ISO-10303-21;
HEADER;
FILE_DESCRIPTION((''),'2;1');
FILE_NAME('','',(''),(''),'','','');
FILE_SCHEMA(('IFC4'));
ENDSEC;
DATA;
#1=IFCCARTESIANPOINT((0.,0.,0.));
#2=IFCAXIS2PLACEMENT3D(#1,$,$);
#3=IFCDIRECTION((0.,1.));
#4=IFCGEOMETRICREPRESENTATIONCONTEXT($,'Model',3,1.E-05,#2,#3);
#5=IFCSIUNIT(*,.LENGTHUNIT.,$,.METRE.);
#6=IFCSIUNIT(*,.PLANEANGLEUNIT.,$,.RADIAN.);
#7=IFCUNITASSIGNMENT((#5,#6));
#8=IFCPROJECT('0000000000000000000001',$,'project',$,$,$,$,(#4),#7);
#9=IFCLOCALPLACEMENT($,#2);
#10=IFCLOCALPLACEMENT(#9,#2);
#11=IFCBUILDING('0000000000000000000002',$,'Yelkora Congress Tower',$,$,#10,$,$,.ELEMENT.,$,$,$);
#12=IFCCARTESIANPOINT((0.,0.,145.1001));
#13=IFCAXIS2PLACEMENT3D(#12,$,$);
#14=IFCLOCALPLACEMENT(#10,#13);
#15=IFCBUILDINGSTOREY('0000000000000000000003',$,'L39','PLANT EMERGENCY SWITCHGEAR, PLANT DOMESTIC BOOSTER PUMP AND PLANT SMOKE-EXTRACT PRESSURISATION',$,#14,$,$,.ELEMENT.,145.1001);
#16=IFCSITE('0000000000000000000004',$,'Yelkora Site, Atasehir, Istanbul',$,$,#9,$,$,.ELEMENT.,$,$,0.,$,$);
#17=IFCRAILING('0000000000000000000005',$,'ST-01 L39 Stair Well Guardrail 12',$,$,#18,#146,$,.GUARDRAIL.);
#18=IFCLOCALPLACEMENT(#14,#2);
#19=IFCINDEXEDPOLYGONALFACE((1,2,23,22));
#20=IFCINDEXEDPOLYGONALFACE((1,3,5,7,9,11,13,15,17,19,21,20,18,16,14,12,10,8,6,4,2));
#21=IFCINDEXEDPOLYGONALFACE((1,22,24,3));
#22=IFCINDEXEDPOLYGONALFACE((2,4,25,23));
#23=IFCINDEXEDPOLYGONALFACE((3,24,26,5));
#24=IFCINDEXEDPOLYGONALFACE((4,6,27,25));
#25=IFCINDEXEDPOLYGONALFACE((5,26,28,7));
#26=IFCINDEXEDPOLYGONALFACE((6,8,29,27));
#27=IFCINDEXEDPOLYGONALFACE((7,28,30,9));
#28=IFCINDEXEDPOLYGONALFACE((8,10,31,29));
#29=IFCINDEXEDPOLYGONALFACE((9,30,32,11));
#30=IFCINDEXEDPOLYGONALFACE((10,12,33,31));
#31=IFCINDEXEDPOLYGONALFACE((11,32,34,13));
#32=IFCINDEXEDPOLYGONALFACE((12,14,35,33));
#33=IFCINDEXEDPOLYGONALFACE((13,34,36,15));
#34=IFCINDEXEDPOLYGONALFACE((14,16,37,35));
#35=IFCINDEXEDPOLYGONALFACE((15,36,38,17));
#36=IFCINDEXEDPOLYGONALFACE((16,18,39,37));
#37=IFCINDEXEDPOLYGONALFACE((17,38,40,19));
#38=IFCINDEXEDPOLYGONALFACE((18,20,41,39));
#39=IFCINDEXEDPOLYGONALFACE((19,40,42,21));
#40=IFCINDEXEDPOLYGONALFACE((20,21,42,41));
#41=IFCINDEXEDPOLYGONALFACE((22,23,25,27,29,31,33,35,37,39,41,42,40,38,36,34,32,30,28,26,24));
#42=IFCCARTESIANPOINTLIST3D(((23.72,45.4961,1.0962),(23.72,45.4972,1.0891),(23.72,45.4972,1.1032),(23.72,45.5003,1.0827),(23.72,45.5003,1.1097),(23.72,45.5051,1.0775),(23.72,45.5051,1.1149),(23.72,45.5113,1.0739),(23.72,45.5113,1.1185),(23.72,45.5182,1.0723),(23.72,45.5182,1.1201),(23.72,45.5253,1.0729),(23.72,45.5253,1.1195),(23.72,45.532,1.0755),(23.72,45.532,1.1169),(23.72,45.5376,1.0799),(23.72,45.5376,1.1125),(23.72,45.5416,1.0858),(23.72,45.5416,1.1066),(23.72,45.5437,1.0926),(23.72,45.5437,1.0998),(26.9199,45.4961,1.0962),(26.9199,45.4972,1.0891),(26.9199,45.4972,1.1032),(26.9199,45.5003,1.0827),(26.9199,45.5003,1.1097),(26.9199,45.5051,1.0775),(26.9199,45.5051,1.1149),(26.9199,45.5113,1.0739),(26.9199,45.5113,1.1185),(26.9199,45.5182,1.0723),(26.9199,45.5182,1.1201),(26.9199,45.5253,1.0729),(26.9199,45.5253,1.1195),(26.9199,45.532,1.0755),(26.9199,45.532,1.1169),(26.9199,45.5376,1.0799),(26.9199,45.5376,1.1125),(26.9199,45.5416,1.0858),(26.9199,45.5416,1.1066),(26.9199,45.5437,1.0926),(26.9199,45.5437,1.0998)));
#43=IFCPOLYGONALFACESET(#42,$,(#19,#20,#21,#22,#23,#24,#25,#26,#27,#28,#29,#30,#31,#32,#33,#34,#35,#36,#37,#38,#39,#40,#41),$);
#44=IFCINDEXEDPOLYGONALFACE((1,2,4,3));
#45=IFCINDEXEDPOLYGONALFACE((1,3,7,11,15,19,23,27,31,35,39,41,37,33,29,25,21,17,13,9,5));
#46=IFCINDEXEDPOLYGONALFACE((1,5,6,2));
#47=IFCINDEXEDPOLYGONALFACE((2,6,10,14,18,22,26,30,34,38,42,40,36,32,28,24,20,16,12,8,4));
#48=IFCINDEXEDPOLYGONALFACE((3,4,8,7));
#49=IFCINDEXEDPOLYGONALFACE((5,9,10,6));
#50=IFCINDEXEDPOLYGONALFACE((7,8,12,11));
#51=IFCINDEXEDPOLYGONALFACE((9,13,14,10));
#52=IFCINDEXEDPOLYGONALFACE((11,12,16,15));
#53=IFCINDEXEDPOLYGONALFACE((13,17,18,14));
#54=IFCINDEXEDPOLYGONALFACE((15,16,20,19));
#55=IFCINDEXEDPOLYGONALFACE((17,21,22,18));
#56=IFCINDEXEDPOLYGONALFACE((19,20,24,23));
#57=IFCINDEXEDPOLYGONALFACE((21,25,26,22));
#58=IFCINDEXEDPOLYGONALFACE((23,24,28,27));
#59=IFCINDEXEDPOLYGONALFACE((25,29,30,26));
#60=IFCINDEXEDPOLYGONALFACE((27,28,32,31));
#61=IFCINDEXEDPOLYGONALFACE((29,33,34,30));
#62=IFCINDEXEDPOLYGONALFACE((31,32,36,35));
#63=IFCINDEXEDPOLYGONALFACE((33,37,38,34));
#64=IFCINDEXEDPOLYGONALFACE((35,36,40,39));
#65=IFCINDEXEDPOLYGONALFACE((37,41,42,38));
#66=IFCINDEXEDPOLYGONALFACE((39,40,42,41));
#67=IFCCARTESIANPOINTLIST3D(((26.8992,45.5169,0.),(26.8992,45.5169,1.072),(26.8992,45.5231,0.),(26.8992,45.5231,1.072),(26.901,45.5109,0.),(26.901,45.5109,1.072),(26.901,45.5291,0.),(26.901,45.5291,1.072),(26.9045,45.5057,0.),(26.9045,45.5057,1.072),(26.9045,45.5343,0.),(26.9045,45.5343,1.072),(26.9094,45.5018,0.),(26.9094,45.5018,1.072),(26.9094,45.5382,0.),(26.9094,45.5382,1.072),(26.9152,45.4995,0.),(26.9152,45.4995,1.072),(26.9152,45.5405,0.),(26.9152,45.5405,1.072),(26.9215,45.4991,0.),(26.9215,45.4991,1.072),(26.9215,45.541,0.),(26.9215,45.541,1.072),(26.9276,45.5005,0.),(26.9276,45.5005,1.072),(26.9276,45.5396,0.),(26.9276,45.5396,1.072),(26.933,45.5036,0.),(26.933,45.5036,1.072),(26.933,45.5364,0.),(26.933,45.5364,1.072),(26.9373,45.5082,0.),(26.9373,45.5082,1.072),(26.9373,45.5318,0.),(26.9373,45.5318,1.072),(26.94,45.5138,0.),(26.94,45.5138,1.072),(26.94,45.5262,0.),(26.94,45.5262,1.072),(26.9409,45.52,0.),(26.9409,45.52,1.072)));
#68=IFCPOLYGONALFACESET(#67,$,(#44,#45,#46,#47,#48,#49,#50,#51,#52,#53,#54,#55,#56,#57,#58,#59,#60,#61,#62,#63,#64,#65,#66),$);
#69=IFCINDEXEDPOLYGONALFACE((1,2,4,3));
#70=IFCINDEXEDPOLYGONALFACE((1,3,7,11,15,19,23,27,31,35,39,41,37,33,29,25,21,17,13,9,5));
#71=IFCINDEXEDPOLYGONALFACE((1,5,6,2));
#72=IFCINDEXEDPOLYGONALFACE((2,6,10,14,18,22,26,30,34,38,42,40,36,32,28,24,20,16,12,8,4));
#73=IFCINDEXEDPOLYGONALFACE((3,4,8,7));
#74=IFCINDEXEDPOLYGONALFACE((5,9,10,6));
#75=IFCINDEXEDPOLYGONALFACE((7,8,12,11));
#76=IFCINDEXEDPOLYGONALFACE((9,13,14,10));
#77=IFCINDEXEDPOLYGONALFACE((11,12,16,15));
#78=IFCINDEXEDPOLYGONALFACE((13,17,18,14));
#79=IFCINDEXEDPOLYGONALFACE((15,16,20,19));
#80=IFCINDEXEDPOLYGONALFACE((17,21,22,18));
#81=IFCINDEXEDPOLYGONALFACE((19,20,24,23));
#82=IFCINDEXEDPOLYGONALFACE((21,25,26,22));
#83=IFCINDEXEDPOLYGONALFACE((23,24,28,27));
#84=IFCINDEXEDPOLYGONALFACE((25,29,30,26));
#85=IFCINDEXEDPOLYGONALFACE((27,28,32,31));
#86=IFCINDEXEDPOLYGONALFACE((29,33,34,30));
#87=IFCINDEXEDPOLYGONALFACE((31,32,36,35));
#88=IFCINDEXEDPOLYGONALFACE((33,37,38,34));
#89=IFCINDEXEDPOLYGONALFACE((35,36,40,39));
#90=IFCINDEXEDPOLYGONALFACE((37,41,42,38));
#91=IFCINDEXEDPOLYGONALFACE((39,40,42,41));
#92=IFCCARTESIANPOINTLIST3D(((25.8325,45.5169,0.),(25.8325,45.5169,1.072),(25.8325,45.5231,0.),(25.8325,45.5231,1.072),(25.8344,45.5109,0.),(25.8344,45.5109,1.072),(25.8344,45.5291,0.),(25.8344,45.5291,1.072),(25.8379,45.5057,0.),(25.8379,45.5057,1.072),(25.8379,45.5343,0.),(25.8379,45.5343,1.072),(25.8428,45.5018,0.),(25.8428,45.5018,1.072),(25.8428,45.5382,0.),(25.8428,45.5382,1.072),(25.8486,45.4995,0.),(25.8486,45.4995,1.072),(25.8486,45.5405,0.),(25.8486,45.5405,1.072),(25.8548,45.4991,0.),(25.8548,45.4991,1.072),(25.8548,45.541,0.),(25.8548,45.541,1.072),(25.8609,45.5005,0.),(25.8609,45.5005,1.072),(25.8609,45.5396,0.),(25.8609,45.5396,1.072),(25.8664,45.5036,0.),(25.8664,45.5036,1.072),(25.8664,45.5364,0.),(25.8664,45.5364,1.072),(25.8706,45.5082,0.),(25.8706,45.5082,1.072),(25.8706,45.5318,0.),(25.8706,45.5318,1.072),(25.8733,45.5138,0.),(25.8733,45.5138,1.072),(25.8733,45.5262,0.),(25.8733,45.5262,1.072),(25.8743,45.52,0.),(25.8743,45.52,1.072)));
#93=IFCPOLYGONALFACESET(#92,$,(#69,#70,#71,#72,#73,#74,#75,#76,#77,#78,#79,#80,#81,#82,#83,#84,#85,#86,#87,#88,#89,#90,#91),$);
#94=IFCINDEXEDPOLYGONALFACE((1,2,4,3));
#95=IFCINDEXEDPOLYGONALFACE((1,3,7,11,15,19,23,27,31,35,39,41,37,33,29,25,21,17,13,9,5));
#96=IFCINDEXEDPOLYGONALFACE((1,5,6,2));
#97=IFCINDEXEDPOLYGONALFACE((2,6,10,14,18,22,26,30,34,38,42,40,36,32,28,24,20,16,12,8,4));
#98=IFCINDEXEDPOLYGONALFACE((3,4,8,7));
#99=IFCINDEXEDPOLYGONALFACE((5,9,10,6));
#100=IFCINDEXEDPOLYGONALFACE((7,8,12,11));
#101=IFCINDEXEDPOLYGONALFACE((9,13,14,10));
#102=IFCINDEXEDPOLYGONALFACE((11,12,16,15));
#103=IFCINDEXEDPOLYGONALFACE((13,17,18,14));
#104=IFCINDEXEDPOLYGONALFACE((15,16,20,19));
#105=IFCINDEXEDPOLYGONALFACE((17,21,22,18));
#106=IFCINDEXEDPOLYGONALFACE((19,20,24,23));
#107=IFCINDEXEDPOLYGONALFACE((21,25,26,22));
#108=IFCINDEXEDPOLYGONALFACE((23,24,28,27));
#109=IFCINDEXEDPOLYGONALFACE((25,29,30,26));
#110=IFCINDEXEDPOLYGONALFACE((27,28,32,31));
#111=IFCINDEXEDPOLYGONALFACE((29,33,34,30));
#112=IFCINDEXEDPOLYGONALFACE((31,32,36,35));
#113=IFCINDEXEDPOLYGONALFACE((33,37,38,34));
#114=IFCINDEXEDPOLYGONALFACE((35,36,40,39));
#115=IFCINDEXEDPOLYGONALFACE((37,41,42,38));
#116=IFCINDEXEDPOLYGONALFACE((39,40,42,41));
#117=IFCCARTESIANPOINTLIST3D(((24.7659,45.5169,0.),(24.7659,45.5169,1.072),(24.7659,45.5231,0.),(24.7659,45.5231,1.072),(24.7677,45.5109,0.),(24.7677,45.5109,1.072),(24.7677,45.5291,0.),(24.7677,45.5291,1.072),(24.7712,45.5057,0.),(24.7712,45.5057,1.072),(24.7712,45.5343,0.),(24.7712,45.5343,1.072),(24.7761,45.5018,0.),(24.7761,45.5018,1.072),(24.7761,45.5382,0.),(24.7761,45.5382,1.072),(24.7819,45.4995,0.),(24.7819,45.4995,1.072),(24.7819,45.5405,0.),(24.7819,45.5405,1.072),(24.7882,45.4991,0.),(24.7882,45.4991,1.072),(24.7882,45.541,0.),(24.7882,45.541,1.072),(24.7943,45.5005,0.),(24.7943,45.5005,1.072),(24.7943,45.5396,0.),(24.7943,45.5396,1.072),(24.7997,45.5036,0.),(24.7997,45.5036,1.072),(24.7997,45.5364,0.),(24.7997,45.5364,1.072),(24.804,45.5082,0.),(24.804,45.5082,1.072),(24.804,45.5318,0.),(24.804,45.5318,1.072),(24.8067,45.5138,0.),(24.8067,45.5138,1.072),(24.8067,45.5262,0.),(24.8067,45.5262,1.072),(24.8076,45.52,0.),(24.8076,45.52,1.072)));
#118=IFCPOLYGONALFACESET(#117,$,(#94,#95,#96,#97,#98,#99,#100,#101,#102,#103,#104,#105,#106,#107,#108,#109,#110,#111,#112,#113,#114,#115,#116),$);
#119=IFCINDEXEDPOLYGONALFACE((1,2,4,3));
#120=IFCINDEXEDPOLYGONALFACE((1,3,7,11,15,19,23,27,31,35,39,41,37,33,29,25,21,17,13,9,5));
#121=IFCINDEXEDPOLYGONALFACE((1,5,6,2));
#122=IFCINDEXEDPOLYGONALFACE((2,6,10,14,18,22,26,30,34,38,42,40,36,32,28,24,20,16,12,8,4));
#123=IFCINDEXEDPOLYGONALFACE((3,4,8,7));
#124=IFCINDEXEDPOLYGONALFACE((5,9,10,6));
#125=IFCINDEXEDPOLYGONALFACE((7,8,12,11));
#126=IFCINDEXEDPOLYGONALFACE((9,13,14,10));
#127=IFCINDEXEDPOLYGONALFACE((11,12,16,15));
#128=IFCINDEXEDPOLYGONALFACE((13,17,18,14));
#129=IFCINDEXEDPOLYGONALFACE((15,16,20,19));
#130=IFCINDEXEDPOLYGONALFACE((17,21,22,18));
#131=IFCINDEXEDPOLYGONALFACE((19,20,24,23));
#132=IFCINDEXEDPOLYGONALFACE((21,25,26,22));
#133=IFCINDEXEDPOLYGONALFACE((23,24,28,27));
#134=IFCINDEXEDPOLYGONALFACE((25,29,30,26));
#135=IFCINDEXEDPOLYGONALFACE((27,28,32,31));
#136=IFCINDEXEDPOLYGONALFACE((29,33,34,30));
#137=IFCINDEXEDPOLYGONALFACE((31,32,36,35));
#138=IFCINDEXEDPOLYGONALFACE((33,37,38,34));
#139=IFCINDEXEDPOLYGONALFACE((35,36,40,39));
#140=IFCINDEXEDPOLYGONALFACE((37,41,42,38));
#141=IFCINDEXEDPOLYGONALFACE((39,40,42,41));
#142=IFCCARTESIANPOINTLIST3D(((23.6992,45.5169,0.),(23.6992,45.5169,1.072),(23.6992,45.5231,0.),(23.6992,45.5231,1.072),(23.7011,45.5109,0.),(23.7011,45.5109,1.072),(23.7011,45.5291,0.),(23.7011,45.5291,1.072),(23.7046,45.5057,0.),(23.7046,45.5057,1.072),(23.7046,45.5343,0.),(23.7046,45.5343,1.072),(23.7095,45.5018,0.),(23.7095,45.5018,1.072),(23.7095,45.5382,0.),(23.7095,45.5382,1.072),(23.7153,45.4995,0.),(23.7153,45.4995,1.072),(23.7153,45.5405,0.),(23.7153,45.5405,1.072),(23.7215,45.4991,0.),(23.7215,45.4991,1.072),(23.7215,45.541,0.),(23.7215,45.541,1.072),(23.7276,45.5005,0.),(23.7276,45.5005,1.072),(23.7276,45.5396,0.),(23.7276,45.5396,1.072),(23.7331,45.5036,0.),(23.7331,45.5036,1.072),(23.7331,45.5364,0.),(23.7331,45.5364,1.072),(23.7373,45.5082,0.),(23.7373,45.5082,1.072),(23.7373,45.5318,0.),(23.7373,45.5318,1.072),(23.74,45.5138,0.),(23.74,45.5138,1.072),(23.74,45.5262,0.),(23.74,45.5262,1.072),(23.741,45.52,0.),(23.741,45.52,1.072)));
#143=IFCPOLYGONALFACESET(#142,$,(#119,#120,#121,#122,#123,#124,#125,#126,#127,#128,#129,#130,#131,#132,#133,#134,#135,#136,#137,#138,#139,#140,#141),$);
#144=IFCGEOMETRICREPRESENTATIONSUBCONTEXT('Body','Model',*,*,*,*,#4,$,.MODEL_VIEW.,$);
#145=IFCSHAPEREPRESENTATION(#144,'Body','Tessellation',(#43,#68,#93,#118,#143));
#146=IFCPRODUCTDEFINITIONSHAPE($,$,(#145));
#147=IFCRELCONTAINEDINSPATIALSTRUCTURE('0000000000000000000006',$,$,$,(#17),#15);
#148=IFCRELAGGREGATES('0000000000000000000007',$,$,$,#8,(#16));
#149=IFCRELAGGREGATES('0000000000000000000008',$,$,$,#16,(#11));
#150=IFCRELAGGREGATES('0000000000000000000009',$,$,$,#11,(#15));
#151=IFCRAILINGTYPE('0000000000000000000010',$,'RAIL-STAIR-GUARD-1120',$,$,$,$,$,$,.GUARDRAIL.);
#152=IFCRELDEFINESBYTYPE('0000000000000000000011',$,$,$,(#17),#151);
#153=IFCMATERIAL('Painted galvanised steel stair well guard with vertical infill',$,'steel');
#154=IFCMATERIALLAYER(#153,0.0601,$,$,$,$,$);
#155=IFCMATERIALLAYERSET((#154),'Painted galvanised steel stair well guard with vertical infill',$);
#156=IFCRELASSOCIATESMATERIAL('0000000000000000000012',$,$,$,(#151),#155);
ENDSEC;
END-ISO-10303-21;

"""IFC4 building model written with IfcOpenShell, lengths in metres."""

from ifc_helpers import new_model, si_unit, direction, frame, origin, origin_2d, place, context, subcontext, project, spatial, circle, extrude, material, layer, layer_set, type_object, element, save


model = new_model("IFC4")

# Units and contexts
model_context = context("Model", 3, precision=1e-05, world=origin(), true_north=direction((0.0, 1.0)))
body_context = subcontext(model_context, "Body", "Model", "MODEL_VIEW")
ifc_project = project(units=[si_unit("LENGTHUNIT", "METRE"), si_unit("PLANEANGLEUNIT", "RADIAN")], contexts=[model_context])

# Site, building, storey
site_placement = place(None, origin())
site = spatial("IfcSite", under=ifc_project, at=site_placement, Name="Yelkora Site, Atasehir, Istanbul", CompositionType="ELEMENT", RefElevation=0.0)
building_placement = place(site_placement, origin())
building = spatial("IfcBuilding", under=site, at=building_placement, Name="Yelkora Congress Tower", CompositionType="ELEMENT")
storey_placement = place(building_placement, frame((0.0, 0.0, 145.1001)))
storey = spatial("IfcBuildingStorey", under=building, at=storey_placement, Name="L39", Description="PLANT EMERGENCY SWITCHGEAR, PLANT DOMESTIC BOOSTER PUMP AND PLANT SMOKE-EXTRACT PRESSURISATION", CompositionType="ELEMENT", Elevation=145.1001)

# Railing
ifc_material_1 = material(Name="Painted galvanised steel stair well guard with vertical infill", Category="steel")
ifc_layer_1 = layer(ifc_material_1, 0.0601)
ifc_layer_set_1 = layer_set([ifc_layer_1], Name="Painted galvanised steel stair well guard with vertical infill")
railing_type_1 = type_object("IfcRailingType", Name="RAIL-STAIR-GUARD-1120", PredefinedType="GUARDRAIL", material=ifc_layer_set_1)
railing_1_placement = place(storey_placement, frame((26.9199, 45.52, 0.0)))
element("IfcRailing", 1, at=railing_1_placement, inside=storey, type_object=railing_type_1, Name="ST-01 L39 Stair Well Guardrail 12", PredefinedType="GUARDRAIL", context=body_context, shape_type="SweptSolid", body=[
    extrude(circle(Radius=0.0239, at=origin_2d()), frame((0.0, 0.0, 1.0962), z_axis=(-1.0, 0.0, 0.0), x_axis=(0.0, -1.0, 0.0)), (0.0, 0.0, 1.0), 3.2),
    extrude(circle(Radius=0.021, at=origin_2d()), origin(), (0.0, 0.0, 1.0), 1.072),
    extrude(circle(Radius=0.021, at=origin_2d()), frame((-1.0667, 0.0, 0.0)), (0.0, 0.0, 1.0), 1.072),
    extrude(circle(Radius=0.021, at=origin_2d()), frame((-2.1333, 0.0, 0.0)), (0.0, 0.0, 1.0), 1.072),
    extrude(circle(Radius=0.021, at=origin_2d()), frame((-3.2, 0.0, 0.0)), (0.0, 0.0, 1.0), 1.072),
])

save(model, "model.ifc")
